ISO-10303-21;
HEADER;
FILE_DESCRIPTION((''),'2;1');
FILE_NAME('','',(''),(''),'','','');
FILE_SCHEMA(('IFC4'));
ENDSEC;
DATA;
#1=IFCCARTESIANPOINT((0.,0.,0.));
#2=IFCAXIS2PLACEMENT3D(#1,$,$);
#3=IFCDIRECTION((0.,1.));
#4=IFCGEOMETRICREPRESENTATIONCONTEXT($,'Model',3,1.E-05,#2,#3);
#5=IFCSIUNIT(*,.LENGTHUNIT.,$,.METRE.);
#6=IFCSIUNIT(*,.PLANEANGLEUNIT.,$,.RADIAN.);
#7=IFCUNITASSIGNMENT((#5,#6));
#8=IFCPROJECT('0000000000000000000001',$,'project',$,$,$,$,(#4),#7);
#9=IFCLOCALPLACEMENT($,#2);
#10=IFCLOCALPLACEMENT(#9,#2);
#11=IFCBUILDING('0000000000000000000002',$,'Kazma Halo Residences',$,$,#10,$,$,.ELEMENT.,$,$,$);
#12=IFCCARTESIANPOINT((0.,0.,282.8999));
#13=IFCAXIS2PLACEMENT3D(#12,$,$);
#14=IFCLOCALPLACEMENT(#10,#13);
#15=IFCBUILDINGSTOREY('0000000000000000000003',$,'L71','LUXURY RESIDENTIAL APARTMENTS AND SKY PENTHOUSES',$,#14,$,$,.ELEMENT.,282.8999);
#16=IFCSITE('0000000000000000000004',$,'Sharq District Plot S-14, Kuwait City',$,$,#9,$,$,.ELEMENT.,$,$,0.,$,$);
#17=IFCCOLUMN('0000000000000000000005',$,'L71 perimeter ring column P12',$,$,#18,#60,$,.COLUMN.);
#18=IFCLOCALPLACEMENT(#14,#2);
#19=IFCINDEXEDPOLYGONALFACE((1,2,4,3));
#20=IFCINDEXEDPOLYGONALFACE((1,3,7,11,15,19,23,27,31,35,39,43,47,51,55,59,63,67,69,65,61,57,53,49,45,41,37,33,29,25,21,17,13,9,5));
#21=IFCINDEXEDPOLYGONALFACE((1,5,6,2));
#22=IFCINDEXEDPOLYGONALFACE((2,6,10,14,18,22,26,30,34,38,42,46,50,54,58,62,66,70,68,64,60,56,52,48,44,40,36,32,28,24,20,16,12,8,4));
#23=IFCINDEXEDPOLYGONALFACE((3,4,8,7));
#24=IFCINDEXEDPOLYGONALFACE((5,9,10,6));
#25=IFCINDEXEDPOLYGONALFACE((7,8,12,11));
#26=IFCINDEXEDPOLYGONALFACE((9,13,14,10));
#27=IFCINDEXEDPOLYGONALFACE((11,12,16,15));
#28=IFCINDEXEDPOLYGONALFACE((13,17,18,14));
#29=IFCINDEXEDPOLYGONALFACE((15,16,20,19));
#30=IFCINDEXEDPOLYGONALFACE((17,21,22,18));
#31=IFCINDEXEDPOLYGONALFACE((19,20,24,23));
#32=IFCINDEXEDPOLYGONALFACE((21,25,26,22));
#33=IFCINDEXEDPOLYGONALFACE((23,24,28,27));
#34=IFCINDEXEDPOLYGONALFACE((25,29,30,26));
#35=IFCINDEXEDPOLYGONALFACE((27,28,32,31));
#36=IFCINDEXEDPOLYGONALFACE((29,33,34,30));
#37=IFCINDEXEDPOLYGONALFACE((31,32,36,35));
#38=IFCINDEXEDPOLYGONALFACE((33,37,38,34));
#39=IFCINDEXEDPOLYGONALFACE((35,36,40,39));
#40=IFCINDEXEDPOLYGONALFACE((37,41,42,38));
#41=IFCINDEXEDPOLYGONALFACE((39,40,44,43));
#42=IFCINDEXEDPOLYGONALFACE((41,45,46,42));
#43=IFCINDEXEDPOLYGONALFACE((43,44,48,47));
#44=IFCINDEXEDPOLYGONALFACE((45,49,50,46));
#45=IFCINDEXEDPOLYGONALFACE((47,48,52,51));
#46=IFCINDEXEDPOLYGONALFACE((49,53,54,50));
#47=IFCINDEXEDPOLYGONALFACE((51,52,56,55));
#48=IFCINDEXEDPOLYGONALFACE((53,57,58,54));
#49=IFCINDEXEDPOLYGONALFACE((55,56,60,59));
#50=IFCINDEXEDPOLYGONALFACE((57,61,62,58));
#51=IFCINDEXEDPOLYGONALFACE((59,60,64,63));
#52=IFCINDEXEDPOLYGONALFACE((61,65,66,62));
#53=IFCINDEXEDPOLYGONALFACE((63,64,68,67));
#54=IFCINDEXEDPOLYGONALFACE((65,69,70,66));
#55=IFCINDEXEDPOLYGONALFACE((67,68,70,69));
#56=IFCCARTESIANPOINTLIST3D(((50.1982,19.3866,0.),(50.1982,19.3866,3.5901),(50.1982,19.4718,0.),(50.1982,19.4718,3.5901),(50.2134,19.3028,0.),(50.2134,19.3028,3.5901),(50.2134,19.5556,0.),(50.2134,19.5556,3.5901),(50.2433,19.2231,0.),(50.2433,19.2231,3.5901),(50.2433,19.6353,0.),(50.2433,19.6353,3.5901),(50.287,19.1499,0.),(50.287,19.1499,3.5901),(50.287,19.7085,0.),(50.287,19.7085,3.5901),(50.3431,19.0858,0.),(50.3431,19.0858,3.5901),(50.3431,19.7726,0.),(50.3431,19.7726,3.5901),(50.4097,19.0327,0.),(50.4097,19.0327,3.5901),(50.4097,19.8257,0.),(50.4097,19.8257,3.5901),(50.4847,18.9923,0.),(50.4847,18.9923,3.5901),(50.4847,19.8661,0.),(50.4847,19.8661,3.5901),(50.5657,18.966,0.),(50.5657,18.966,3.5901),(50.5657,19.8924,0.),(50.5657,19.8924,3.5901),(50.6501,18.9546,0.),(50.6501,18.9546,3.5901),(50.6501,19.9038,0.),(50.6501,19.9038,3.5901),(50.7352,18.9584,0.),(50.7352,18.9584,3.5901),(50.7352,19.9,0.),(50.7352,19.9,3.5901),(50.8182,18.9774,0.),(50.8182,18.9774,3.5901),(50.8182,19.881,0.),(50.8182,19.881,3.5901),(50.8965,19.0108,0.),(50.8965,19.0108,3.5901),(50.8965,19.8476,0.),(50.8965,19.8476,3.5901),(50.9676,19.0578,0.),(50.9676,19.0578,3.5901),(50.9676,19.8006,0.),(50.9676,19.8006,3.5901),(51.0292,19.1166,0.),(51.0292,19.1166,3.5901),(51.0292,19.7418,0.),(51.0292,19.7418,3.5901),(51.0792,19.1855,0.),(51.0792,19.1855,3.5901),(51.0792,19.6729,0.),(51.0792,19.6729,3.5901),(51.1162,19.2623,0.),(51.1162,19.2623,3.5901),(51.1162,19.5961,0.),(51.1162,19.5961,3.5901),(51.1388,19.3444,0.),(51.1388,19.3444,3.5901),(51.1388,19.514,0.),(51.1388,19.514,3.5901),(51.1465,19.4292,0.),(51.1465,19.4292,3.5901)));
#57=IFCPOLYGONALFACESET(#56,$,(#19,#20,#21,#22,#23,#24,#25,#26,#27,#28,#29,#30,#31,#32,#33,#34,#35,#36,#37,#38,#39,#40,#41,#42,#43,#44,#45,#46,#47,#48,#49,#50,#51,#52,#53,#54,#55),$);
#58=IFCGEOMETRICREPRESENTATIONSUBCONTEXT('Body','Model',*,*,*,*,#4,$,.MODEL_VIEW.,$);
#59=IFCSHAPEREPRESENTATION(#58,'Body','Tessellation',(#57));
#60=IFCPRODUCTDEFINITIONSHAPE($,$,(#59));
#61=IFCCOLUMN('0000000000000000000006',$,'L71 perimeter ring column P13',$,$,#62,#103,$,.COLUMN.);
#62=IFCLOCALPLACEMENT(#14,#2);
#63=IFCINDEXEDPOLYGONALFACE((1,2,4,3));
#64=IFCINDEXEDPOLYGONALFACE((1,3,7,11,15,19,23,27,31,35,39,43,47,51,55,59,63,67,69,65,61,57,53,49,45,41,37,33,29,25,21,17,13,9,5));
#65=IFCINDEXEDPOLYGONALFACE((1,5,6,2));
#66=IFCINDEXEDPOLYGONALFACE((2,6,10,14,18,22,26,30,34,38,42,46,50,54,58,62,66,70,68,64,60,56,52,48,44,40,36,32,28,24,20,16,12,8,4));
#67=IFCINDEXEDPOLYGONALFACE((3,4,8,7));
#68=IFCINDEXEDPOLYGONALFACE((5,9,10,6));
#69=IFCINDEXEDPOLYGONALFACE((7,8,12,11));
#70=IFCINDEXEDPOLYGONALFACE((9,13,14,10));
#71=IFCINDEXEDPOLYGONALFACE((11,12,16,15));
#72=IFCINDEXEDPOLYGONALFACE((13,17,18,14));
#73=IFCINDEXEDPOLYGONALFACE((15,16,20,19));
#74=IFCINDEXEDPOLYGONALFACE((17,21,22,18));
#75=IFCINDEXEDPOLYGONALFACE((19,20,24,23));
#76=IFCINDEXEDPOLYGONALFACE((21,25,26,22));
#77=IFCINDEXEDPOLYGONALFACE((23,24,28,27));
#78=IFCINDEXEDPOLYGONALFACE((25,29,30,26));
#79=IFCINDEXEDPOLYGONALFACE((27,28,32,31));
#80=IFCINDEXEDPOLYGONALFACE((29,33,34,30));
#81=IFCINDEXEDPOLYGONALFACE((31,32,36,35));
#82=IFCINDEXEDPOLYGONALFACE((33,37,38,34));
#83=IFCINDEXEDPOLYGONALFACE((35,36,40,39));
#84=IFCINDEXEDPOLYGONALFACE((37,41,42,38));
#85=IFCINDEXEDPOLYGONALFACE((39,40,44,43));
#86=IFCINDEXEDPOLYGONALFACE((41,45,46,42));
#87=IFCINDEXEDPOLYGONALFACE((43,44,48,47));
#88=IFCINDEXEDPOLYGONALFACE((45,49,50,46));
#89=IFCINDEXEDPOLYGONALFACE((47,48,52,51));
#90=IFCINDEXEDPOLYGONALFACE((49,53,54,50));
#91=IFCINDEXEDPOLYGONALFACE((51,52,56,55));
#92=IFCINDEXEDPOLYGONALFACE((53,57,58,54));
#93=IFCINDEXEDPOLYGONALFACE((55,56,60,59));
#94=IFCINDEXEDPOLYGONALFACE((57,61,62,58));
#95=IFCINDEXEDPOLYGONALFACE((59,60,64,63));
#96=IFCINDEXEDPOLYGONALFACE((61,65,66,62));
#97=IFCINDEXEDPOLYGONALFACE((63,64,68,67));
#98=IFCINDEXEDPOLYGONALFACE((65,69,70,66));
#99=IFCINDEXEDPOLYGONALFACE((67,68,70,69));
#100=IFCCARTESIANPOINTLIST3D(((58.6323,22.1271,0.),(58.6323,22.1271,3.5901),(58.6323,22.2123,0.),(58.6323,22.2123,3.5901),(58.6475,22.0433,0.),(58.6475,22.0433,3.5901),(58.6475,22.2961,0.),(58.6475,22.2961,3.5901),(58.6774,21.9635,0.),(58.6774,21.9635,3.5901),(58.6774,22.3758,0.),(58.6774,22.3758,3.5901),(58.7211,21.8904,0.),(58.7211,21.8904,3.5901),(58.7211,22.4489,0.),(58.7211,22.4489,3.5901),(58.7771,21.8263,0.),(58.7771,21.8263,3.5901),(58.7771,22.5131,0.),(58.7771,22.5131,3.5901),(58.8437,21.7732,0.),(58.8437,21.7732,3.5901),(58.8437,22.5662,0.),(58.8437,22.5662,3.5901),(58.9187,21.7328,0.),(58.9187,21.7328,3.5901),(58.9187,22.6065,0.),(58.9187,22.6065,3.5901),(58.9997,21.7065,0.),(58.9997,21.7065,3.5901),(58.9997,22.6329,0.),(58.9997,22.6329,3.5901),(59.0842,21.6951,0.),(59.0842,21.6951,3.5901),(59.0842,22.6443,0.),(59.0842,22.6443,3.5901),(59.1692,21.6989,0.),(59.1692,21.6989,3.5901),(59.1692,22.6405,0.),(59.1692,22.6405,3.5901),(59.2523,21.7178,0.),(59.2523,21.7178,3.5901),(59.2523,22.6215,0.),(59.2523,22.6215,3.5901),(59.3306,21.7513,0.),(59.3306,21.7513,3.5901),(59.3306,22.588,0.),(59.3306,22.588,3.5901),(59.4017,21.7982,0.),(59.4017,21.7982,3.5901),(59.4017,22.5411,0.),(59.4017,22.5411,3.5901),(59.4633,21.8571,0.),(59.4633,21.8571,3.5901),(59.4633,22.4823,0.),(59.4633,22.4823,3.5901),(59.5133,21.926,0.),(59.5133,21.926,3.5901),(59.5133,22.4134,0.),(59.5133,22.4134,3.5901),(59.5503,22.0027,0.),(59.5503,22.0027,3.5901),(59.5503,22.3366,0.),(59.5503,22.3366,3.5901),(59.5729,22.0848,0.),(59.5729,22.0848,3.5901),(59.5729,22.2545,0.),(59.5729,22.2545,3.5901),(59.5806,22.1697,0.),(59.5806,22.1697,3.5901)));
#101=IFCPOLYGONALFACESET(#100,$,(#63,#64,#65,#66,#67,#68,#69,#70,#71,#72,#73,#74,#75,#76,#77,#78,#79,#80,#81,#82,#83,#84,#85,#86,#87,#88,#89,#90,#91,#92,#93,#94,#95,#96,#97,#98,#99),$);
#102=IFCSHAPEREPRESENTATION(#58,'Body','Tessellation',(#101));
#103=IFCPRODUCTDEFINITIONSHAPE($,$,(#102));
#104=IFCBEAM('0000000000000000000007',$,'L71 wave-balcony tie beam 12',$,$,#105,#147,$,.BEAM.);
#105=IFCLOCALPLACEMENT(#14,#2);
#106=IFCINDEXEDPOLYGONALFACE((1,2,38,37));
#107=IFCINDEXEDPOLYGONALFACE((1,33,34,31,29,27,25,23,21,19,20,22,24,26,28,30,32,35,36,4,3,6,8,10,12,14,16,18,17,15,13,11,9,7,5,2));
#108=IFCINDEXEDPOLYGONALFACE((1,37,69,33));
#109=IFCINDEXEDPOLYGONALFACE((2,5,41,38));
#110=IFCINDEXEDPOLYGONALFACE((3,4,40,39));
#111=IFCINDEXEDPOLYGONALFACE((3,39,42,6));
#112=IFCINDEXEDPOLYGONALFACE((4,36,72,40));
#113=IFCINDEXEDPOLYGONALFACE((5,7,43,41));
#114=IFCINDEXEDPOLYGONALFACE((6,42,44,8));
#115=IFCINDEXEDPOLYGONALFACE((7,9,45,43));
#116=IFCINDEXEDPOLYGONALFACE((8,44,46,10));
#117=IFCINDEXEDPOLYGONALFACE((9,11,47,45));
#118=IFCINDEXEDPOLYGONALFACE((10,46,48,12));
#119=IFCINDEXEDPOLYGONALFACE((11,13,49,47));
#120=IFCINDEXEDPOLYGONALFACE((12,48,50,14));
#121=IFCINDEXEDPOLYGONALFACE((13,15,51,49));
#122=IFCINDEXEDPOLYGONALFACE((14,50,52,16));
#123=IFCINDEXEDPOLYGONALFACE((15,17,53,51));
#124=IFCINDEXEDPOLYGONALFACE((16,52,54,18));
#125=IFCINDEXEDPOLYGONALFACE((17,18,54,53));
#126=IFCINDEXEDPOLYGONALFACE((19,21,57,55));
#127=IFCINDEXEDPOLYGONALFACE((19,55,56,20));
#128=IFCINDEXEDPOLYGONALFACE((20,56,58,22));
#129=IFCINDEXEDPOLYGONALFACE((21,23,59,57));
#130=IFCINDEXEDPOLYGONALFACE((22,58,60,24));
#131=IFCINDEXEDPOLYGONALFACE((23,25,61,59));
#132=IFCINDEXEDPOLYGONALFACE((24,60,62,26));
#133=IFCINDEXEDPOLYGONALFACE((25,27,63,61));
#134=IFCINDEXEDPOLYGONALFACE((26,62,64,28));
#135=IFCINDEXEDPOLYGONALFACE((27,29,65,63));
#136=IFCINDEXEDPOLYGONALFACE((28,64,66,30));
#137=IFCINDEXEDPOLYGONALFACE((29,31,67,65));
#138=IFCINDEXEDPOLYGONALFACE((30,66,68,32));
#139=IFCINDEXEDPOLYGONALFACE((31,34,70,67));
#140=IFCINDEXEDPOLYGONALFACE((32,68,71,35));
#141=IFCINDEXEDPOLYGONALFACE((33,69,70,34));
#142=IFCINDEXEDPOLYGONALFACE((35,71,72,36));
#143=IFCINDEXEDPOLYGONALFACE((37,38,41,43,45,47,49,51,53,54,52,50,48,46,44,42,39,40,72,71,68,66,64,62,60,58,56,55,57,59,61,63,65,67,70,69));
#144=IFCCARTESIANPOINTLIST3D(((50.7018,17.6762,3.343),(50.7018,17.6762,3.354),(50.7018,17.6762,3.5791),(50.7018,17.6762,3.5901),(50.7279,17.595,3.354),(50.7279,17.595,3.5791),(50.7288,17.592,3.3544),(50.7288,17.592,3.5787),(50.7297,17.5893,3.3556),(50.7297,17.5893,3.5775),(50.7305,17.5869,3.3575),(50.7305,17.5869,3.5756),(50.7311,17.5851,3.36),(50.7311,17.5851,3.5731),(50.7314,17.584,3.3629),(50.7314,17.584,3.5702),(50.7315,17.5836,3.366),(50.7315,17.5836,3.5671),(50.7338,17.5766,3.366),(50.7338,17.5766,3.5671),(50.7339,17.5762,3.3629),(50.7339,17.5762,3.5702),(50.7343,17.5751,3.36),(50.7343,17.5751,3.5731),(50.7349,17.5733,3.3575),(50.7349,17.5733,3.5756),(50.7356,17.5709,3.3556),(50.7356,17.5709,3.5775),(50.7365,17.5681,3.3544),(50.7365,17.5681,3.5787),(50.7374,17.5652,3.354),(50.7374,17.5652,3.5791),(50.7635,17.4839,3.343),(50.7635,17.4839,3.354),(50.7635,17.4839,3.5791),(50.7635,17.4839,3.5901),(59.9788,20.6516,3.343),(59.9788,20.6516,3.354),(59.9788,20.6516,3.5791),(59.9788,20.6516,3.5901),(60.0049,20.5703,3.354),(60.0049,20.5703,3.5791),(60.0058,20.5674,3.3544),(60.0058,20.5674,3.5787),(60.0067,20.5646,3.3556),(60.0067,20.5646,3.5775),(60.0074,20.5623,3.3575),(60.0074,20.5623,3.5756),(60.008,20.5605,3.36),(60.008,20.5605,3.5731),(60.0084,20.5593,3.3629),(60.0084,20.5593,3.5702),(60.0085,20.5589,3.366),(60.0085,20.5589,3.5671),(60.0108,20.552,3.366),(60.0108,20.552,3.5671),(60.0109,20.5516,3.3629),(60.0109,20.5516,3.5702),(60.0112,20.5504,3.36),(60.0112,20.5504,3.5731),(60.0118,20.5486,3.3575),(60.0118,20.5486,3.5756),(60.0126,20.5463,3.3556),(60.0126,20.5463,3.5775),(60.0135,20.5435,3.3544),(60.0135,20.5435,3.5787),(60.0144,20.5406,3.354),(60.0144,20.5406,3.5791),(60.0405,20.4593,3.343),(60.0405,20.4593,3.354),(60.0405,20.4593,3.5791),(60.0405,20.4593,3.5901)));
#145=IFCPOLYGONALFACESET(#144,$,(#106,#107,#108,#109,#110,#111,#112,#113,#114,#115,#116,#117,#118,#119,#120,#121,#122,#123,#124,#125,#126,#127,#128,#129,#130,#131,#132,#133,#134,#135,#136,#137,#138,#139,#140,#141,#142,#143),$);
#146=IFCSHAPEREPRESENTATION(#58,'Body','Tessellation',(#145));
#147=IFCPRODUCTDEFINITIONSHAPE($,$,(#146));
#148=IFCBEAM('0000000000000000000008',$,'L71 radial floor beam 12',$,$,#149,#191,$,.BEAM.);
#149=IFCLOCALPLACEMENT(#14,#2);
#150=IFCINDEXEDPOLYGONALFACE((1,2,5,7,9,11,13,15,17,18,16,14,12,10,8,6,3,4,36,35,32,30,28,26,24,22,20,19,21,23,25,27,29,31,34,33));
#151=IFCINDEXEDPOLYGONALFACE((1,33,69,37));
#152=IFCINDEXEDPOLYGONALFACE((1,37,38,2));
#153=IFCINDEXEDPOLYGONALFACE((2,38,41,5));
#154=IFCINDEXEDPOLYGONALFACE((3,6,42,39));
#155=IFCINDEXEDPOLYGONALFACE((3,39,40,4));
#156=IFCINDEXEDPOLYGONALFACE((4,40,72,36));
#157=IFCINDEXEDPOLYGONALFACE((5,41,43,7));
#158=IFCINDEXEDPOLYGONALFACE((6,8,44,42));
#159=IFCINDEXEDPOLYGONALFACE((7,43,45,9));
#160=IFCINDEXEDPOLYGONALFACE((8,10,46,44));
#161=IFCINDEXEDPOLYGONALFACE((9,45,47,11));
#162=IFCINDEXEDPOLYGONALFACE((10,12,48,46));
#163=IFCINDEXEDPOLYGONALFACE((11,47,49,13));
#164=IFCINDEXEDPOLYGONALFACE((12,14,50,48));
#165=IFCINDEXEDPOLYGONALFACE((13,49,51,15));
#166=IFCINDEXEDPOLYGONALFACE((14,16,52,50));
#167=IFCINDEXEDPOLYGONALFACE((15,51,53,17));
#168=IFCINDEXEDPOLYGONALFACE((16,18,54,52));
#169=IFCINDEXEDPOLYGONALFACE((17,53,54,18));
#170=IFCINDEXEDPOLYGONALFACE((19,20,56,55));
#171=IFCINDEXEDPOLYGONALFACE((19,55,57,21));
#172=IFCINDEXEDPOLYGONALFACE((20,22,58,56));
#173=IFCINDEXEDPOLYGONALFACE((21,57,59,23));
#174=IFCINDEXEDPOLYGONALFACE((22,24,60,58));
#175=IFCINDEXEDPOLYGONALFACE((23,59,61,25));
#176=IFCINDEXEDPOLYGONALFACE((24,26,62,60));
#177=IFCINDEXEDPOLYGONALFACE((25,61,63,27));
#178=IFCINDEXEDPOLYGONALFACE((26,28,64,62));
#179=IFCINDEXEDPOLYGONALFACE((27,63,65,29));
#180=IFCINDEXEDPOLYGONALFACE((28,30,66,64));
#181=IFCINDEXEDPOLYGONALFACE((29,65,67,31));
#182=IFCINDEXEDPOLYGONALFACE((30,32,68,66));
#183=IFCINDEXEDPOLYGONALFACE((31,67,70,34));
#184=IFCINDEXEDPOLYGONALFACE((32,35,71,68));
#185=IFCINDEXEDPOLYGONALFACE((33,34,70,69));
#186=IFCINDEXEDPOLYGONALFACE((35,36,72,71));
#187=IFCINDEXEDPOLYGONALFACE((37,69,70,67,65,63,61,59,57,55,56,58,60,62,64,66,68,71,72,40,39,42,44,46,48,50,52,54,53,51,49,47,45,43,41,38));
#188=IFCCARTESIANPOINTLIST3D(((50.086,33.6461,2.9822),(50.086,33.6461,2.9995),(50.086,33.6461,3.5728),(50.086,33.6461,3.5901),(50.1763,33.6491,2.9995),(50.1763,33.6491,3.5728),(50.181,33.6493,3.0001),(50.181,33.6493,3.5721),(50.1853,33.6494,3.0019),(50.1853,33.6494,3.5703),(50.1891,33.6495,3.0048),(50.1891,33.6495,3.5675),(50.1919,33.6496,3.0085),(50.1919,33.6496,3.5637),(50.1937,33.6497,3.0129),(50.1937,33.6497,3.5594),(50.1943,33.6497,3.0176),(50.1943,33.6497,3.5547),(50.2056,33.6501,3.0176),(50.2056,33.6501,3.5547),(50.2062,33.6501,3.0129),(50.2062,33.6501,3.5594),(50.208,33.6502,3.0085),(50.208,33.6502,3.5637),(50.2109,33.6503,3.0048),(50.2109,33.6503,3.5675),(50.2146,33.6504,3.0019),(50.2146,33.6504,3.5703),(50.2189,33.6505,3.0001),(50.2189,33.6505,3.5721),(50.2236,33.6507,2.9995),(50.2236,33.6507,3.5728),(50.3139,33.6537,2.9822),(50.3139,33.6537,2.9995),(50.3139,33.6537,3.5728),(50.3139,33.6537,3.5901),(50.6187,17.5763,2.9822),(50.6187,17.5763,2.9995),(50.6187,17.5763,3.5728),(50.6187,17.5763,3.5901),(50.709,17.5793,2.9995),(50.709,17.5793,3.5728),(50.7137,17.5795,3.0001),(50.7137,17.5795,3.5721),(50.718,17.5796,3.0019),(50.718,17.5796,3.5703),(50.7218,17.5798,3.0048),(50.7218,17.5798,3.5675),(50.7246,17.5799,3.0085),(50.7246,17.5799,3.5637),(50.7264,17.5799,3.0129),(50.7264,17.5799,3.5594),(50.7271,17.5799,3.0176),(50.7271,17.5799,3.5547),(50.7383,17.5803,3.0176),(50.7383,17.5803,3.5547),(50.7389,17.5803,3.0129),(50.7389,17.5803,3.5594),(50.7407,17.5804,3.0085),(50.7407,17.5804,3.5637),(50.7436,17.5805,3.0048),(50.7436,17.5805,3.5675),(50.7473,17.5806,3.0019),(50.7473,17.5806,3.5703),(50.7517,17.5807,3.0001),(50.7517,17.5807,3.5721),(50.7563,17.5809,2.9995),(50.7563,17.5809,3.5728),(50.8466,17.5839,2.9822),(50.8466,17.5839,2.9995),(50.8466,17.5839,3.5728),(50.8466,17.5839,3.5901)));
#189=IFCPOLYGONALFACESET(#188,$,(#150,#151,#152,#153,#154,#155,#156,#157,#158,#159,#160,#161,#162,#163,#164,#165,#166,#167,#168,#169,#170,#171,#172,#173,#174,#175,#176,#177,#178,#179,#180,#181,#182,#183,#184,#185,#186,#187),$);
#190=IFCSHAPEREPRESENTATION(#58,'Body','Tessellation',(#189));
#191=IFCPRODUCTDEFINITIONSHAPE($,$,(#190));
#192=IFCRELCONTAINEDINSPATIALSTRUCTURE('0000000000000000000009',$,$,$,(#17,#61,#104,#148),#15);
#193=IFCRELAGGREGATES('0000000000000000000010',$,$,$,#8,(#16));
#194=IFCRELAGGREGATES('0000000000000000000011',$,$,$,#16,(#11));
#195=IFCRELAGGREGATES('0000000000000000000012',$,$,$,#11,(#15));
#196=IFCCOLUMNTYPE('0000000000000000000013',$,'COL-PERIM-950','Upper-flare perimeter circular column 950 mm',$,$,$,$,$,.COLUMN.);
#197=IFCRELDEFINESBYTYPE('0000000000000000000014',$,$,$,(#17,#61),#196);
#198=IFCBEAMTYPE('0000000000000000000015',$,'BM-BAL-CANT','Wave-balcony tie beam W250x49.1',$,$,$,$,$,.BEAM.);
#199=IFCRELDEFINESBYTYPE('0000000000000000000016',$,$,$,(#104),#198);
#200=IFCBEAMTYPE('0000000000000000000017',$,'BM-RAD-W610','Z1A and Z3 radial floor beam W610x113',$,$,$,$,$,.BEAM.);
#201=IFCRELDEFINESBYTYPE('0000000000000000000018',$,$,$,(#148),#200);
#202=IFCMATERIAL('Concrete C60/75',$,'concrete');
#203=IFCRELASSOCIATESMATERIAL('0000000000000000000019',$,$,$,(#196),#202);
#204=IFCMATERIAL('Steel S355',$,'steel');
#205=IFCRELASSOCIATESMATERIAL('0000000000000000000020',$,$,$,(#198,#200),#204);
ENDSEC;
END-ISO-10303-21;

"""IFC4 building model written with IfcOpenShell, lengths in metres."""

from ifc_helpers import new_model, si_unit, direction, frame, origin, origin_2d, place, context, subcontext, project, spatial, circle, i_section, extrude, material, material_profile, profile_set, type_object, element, save


model = new_model("IFC4")

# Units and contexts
model_context = context("Model", 3, precision=1e-05, world=origin(), true_north=direction((0.0, 1.0)))
body_context = subcontext(model_context, "Body", "Model", "MODEL_VIEW")
ifc_project = project(units=[si_unit("LENGTHUNIT", "METRE"), si_unit("PLANEANGLEUNIT", "RADIAN")], contexts=[model_context])

# Site, building, storey
site_placement = place(None, origin())
site = spatial("IfcSite", under=ifc_project, at=site_placement, Name="Sharq District Plot S-14, Kuwait City", CompositionType="ELEMENT", RefElevation=0.0)
building_placement = place(site_placement, origin())
building = spatial("IfcBuilding", under=site, at=building_placement, Name="Kazma Halo Residences", CompositionType="ELEMENT")
storey_placement = place(building_placement, frame((0.0, 0.0, 282.8999)))
storey = spatial("IfcBuildingStorey", under=building, at=storey_placement, Name="L71", Description="LUXURY RESIDENTIAL APARTMENTS AND SKY PENTHOUSES", CompositionType="ELEMENT", Elevation=282.8999)

# Columns
ifc_material_1 = material(Name="Concrete C60/75", Category="concrete")
ifc_material_profile_1 = material_profile(ifc_material_1, circle(Radius=0.4751, at=origin_2d()), Name="CIRC950")
ifc_profile_set_1 = profile_set([ifc_material_profile_1], Name="Concrete C60/75")
column_type = type_object("IfcColumnType", Name="COL-PERIM-950", Description="Upper-flare perimeter circular column 950 mm", PredefinedType="COLUMN", material=ifc_profile_set_1)
for number, where, z_axis, x_axis, name in (
    (1, (50.6714, 19.4292, 0.0), (0.0, 0.0, 1.0), (1.0, 0.0, 0.0), "L71 perimeter ring column P12"),
    (2, (59.1055, 22.1697, 0.0), (0.0, 0.0, 1.0), (1.0, 0.0, 0.0), "L71 perimeter ring column P13"),
):
    element("IfcColumn", number, at=place(storey_placement, frame(where, z_axis=z_axis, x_axis=x_axis)), inside=storey, type_object=column_type, Name=name, PredefinedType="COLUMN", context=body_context, shape_type="SweptSolid", body=[
        extrude(circle(Radius=0.4751, at=origin_2d()), origin(), (0.0, 0.0, 1.0), 3.5901),
    ])

# Beams
ifc_material_2 = material(Name="Steel S355", Category="steel")
ifc_material_profile_2 = material_profile(ifc_material_2, i_section(OverallWidth=0.2019, OverallDepth=0.2471, WebThickness=0.0073, FlangeThickness=0.011, FilletRadius=0.012, at=origin_2d()), Name="W250x49.1")
ifc_profile_set_2 = profile_set([ifc_material_profile_2], Name="Steel S355")
beam_type_1 = type_object("IfcBeamType", Name="BM-BAL-CANT", Description="Wave-balcony tie beam W250x49.1", PredefinedType="BEAM", material=ifc_profile_set_2)
beam_1_placement = place(storey_placement, frame((50.7327, 17.5801, 3.4666), z_axis=(0.952223, 0.305404, 0.0), x_axis=(-0.305404, 0.952223, 0.0)))
element("IfcBeam", 3, at=beam_1_placement, inside=storey, type_object=beam_type_1, Name="L71 wave-balcony tie beam 12", PredefinedType="BEAM", context=body_context, shape_type="SweptSolid", body=[
    extrude(i_section(OverallWidth=0.2019, OverallDepth=0.2471, WebThickness=0.0073, FlangeThickness=0.011, FilletRadius=0.012, at=origin_2d()), origin(), (0.0, 0.0, 1.0), 9.7424),
])
ifc_material_profile_3 = material_profile(ifc_material_2, i_section(OverallWidth=0.228, OverallDepth=0.6079, WebThickness=0.0112, FlangeThickness=0.0173, FilletRadius=0.0181, at=origin_2d()), Name="W610x113")
ifc_profile_set_3 = profile_set([ifc_material_profile_3], Name="Steel S355")
beam_type_2 = type_object("IfcBeamType", Name="BM-RAD-W610", Description="Z1A and Z3 radial floor beam W610x113", PredefinedType="BEAM", material=ifc_profile_set_3)
beam_2_placement = place(storey_placement, frame((50.2, 33.6499, 3.2861), z_axis=(0.033132, -0.999451, 0.0), x_axis=(0.999451, 0.033132, 0.0)))
element("IfcBeam", 4, at=beam_2_placement, inside=storey, type_object=beam_type_2, Name="L71 radial floor beam 12", PredefinedType="BEAM", context=body_context, shape_type="SweptSolid", body=[
    extrude(i_section(OverallWidth=0.228, OverallDepth=0.6079, WebThickness=0.0112, FlangeThickness=0.0173, FilletRadius=0.0181, at=origin_2d()), origin(), (0.0, 0.0, 1.0), 16.0786),
])

save(model, "model.ifc")
